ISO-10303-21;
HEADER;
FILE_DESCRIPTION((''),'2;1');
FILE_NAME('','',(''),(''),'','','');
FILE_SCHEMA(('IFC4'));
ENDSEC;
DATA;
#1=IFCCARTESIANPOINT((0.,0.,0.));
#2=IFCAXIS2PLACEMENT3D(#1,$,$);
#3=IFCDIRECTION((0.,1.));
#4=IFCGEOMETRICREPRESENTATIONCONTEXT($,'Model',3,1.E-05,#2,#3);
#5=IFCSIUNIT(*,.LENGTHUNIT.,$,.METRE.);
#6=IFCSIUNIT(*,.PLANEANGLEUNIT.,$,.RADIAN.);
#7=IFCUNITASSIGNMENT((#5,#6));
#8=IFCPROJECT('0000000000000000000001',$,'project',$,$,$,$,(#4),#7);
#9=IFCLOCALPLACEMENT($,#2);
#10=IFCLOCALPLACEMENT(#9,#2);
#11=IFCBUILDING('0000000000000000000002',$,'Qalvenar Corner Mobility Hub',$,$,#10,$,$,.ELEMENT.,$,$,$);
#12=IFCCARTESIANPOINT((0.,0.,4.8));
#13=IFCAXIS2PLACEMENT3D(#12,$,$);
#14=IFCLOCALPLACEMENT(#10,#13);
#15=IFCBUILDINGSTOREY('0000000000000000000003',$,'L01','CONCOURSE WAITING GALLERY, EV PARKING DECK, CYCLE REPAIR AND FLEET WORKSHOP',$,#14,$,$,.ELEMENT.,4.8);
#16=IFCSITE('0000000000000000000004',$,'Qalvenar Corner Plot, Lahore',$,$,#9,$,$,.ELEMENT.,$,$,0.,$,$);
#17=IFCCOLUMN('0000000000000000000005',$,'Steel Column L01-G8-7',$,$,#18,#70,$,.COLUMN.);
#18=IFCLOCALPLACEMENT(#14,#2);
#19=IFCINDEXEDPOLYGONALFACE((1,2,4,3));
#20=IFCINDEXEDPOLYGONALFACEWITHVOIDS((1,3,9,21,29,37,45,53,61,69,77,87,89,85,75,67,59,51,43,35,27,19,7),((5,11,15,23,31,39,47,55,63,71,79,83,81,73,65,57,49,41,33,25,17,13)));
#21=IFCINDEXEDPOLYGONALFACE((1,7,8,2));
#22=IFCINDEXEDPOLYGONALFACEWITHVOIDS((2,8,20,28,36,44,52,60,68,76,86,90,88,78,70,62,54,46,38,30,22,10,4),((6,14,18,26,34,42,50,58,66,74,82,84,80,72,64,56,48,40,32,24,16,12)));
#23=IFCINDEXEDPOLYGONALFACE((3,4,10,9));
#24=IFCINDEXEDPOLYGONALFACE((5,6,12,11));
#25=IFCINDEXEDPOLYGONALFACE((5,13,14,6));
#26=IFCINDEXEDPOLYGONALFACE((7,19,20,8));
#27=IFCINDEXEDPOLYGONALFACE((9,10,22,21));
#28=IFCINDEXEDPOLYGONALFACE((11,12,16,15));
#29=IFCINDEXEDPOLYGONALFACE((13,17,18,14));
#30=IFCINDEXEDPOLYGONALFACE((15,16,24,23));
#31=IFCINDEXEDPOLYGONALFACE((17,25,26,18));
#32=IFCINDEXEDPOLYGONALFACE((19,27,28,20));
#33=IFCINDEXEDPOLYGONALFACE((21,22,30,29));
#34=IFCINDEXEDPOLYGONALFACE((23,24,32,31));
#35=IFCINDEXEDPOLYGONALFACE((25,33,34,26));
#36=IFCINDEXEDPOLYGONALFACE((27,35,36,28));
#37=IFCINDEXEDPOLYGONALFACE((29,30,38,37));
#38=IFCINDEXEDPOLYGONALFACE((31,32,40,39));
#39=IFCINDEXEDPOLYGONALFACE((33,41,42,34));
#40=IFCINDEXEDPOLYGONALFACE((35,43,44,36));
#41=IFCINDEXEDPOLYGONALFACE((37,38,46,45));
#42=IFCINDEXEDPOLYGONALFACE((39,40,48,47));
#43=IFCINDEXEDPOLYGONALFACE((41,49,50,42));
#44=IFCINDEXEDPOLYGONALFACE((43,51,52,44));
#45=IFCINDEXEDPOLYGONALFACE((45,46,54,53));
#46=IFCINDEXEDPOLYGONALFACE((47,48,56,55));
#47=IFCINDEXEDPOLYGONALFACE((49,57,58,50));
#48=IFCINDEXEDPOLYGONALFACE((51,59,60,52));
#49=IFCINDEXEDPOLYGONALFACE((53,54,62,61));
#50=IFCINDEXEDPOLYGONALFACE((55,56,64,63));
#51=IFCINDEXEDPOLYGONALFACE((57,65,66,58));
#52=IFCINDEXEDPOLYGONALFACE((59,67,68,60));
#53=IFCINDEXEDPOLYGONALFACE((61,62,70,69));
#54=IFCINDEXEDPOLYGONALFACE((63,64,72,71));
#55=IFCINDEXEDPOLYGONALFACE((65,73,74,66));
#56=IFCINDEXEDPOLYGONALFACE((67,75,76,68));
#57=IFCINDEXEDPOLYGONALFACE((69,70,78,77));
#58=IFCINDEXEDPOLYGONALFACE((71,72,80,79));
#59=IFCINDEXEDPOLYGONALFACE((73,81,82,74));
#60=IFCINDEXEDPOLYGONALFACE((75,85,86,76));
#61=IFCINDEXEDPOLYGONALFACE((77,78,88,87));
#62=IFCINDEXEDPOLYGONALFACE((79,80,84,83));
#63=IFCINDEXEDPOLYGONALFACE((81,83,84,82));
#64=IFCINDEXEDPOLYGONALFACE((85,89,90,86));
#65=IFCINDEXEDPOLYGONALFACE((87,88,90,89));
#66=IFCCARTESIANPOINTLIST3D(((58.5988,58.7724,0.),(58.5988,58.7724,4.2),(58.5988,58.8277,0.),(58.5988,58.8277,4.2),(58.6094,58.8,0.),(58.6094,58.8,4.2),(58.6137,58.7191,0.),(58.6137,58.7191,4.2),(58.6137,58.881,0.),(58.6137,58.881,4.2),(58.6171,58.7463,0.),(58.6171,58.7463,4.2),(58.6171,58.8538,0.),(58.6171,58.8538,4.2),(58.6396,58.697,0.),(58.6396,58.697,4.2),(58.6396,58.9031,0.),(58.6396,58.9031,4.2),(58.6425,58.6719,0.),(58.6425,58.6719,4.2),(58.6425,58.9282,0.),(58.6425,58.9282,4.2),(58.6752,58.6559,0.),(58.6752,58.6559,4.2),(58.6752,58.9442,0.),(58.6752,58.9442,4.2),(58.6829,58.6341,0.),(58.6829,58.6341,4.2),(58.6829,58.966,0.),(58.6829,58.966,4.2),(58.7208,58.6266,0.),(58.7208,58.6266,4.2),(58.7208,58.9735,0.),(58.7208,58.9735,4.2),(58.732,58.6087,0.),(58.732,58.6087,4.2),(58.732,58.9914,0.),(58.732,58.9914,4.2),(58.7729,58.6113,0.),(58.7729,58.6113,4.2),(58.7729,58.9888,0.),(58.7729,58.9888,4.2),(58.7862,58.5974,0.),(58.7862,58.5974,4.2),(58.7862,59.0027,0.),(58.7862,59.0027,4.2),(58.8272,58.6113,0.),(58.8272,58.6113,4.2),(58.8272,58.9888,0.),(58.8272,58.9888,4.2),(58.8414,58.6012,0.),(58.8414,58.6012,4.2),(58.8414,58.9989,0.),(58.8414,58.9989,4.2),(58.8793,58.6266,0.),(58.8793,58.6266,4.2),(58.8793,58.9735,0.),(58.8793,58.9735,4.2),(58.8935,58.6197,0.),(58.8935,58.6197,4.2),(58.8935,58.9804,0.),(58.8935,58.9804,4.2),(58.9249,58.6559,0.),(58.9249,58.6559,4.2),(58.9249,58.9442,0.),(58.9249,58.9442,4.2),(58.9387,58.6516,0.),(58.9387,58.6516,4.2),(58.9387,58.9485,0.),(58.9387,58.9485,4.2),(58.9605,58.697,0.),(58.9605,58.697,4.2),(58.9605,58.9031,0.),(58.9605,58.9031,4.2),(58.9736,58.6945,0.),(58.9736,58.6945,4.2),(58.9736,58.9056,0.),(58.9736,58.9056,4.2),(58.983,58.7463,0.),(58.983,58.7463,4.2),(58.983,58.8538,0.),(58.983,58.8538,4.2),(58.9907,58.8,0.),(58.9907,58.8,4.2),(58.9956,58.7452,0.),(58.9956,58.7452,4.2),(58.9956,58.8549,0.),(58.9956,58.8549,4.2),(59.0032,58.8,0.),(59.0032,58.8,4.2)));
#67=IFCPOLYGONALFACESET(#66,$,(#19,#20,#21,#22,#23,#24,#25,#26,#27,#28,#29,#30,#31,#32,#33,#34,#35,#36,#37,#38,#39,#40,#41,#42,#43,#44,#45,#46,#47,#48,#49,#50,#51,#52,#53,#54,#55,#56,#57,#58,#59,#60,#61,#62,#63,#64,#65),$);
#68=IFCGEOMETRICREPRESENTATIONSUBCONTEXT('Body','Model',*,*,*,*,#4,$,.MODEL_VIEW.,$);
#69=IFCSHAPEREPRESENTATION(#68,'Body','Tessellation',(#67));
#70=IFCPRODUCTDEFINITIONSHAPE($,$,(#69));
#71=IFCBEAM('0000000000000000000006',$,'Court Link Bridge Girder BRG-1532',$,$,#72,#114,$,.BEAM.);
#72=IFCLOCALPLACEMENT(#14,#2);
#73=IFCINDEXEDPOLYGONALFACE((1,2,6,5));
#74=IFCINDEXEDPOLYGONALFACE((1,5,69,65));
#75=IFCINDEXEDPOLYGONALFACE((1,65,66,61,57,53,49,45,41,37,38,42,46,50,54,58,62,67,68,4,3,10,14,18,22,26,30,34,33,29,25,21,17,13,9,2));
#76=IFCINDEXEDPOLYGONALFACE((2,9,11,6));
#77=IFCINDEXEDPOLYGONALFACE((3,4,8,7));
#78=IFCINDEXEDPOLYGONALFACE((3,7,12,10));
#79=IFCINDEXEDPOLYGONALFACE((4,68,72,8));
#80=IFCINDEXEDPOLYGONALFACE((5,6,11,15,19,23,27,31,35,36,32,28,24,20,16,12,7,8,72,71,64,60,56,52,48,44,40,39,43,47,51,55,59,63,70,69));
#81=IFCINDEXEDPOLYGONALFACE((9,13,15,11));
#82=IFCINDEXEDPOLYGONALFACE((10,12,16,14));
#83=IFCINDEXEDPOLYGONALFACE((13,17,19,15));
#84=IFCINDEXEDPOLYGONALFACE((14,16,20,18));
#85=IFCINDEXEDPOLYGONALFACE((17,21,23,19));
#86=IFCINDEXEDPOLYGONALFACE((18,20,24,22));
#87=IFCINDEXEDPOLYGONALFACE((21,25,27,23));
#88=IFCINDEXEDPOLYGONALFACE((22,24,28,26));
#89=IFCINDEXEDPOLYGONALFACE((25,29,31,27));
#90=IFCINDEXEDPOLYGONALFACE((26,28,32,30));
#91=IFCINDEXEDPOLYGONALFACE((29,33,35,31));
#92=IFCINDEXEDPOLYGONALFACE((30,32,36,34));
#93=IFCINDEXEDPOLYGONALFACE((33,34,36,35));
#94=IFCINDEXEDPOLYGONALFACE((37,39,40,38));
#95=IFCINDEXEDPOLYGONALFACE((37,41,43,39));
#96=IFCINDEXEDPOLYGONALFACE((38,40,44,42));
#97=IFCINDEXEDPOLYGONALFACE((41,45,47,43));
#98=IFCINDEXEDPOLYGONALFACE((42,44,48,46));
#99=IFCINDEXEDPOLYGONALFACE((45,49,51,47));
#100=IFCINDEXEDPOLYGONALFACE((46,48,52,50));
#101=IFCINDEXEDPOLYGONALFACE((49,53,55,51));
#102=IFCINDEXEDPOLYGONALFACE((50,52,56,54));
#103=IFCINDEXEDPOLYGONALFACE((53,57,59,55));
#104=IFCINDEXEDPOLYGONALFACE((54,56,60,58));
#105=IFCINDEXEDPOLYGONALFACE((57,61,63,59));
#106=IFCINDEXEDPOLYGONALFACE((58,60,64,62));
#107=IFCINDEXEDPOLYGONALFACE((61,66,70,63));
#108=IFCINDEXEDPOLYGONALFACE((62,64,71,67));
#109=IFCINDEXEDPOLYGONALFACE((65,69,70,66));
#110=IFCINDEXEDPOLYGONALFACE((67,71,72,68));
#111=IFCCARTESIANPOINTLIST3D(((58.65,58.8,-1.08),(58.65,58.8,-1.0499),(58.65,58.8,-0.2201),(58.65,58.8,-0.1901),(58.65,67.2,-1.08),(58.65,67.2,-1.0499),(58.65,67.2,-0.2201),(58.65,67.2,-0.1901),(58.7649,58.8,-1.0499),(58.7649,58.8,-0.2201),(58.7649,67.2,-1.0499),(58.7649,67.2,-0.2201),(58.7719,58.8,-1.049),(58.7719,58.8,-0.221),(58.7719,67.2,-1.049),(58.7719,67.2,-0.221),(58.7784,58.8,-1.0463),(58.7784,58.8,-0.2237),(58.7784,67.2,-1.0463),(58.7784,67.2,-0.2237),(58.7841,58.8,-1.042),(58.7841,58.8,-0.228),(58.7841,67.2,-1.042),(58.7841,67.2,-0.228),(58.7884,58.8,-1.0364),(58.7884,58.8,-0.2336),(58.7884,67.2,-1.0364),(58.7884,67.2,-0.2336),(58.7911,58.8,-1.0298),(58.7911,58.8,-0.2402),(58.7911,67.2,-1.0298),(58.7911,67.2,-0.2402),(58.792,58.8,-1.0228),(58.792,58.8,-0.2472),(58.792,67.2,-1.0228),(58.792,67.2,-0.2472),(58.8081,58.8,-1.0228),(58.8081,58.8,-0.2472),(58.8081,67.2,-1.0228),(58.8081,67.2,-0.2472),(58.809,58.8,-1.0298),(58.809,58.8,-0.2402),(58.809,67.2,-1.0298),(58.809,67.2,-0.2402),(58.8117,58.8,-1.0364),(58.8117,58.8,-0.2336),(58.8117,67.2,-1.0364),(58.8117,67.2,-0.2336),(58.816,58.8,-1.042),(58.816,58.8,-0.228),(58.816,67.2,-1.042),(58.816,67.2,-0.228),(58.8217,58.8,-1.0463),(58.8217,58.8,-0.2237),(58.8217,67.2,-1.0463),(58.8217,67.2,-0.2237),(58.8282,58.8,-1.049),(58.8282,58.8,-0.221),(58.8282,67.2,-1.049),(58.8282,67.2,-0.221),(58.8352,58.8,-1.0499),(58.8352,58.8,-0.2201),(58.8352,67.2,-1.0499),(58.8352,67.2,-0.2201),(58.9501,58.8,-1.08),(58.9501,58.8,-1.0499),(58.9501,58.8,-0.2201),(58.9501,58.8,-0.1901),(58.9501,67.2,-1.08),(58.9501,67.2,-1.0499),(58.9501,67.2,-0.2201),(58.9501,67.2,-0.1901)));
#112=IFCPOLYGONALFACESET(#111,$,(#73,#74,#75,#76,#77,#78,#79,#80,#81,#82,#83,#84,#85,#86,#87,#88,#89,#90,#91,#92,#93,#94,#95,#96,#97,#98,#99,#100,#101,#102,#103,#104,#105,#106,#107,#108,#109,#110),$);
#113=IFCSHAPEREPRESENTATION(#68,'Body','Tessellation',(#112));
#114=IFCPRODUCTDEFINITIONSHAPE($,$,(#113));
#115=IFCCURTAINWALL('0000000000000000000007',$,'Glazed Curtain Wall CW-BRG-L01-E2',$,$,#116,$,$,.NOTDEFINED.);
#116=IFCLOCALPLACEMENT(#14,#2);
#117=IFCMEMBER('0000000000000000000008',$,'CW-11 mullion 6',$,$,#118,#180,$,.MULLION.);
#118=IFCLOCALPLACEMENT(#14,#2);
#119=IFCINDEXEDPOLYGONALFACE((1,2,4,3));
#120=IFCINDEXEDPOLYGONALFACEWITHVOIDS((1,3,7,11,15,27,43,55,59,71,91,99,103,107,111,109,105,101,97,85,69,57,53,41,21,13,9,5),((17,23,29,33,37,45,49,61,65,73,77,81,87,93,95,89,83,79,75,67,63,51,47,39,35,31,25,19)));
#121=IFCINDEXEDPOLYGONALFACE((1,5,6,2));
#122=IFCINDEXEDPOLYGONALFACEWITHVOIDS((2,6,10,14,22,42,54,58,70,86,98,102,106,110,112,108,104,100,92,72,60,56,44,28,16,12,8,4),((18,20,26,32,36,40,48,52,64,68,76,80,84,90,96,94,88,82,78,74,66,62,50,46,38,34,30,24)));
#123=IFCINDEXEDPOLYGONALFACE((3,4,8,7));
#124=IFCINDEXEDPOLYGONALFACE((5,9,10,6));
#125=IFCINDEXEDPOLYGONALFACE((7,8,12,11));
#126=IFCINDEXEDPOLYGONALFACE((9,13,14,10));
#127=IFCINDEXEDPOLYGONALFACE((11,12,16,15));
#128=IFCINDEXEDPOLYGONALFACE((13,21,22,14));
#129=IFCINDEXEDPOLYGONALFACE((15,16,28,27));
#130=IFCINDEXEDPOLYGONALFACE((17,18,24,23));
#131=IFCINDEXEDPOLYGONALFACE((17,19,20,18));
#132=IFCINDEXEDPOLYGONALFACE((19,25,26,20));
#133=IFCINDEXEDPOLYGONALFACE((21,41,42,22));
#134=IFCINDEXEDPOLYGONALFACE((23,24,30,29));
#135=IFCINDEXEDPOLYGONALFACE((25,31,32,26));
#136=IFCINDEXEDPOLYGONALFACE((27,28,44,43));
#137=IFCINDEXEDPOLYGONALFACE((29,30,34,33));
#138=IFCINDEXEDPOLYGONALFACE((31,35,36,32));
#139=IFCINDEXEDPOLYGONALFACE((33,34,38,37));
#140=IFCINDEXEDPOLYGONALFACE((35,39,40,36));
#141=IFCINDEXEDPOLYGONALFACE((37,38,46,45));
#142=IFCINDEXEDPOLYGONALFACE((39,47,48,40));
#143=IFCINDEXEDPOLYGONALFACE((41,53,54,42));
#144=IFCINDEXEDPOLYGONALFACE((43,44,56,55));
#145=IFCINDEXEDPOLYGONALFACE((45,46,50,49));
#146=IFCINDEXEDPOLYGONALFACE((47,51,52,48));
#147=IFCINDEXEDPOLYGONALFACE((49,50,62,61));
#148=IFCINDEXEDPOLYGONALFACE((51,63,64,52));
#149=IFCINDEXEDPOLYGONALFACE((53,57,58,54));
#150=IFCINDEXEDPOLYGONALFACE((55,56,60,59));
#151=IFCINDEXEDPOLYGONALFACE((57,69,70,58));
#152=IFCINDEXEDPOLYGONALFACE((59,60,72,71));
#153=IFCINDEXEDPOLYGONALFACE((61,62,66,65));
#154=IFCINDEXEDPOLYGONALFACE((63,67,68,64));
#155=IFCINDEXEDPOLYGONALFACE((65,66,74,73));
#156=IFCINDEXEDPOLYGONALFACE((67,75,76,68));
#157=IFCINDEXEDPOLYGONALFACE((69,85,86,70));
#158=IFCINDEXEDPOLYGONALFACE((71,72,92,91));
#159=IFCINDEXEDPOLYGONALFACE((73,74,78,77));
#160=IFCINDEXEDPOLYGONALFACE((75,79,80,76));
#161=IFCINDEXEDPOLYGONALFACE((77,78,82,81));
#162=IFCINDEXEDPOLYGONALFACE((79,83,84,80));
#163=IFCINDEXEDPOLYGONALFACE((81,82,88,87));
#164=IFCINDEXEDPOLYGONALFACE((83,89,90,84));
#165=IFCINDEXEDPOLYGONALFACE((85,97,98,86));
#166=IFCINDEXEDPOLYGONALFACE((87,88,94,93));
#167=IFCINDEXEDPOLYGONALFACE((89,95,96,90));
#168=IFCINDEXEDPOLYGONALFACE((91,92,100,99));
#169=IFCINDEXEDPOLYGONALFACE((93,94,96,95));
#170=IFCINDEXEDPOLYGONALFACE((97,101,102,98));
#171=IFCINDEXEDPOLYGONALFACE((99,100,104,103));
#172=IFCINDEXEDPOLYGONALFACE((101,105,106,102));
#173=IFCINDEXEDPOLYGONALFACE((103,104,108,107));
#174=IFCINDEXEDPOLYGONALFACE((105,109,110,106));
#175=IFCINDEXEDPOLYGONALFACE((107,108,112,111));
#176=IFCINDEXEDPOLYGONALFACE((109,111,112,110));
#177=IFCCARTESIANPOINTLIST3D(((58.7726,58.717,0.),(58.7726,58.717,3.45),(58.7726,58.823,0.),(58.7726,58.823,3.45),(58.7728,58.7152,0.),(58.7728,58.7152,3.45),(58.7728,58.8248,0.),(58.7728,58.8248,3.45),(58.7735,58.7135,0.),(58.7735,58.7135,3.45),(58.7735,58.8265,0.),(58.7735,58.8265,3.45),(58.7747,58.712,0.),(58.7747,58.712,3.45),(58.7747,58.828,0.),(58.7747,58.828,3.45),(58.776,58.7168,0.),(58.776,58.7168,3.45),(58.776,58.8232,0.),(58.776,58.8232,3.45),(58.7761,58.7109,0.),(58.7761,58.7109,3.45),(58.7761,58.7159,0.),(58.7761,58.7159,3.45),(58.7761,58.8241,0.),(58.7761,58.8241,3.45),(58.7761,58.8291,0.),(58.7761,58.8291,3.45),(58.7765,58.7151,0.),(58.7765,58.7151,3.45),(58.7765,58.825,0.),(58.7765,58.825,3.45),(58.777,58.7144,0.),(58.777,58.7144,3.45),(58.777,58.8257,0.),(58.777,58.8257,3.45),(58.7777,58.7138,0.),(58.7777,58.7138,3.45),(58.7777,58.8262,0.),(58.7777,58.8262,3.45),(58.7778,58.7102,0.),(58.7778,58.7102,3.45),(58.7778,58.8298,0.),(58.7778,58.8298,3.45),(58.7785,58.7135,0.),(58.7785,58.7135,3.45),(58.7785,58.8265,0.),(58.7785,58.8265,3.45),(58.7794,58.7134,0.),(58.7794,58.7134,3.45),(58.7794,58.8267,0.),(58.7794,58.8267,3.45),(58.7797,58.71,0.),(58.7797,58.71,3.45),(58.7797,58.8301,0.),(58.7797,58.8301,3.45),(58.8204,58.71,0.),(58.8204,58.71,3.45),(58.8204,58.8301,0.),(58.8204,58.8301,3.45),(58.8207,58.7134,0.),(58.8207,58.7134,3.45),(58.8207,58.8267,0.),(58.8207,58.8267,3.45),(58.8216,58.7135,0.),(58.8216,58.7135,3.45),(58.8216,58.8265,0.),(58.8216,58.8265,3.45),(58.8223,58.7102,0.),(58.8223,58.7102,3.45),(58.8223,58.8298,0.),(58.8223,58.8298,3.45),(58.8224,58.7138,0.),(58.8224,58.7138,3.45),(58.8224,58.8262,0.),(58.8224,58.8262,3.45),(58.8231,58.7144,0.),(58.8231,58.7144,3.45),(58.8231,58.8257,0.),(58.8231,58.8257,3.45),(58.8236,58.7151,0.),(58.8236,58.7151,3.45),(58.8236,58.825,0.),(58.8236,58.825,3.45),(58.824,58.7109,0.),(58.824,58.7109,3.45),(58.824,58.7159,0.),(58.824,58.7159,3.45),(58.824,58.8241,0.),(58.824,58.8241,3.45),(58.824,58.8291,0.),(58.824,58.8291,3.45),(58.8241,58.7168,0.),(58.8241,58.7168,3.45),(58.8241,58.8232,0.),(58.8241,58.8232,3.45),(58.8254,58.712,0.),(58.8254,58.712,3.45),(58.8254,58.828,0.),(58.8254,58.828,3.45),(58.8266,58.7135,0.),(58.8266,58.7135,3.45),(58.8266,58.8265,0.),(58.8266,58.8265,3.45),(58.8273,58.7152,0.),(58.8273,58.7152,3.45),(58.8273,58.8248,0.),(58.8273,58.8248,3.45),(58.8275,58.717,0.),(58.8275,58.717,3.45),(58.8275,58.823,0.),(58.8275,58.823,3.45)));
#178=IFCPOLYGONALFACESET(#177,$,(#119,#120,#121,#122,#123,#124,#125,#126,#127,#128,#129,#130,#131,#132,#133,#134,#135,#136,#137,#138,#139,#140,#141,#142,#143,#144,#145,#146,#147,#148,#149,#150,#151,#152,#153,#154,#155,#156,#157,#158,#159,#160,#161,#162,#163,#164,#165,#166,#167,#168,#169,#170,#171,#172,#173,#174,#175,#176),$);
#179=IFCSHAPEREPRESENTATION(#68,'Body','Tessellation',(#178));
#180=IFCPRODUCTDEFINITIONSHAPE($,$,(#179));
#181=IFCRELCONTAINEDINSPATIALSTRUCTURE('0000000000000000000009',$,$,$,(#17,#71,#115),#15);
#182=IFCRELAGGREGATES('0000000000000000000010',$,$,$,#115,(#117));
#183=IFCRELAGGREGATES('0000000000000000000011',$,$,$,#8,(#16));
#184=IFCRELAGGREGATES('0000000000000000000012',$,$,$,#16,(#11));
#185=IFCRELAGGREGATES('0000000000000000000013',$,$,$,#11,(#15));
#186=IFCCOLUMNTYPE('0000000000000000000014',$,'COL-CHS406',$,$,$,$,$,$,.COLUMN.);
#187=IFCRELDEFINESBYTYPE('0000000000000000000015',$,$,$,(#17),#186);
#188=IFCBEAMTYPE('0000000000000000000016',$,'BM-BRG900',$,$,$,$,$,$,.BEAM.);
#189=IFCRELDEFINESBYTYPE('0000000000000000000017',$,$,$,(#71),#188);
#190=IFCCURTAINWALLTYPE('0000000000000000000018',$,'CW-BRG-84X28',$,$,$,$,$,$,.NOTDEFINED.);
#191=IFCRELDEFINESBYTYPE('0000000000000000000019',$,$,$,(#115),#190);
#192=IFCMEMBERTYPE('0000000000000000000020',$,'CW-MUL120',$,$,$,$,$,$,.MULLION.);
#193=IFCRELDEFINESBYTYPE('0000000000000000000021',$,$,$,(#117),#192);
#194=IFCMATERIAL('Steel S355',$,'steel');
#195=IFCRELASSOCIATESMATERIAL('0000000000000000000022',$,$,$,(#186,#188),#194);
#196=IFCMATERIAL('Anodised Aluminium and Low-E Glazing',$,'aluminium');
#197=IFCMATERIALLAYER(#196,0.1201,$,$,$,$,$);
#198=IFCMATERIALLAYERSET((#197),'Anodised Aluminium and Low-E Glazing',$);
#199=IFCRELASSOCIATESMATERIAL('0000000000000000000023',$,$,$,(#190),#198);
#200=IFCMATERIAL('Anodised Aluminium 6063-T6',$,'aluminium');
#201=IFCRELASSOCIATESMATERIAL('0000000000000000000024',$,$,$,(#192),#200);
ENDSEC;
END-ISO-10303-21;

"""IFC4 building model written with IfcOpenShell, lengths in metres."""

from ifc_helpers import new_model, si_unit, direction, frame, origin, origin_2d, place, context, subcontext, project, spatial, hollow_rectangle, hollow_circle, i_section, extrude, material, layer, layer_set, material_profile, profile_set, type_object, element, aggregate, save


model = new_model("IFC4")

# Units and contexts
model_context = context("Model", 3, precision=1e-05, world=origin(), true_north=direction((0.0, 1.0)))
body_context = subcontext(model_context, "Body", "Model", "MODEL_VIEW")
ifc_project = project(units=[si_unit("LENGTHUNIT", "METRE"), si_unit("PLANEANGLEUNIT", "RADIAN")], contexts=[model_context])

# Site, building, storey
site_placement = place(None, origin())
site = spatial("IfcSite", under=ifc_project, at=site_placement, Name="Qalvenar Corner Plot, Lahore", CompositionType="ELEMENT", RefElevation=0.0)
building_placement = place(site_placement, origin())
building = spatial("IfcBuilding", under=site, at=building_placement, Name="Qalvenar Corner Mobility Hub", CompositionType="ELEMENT")
storey_placement = place(building_placement, frame((0.0, 0.0, 4.8)))
storey = spatial("IfcBuildingStorey", under=building, at=storey_placement, Name="L01", Description="CONCOURSE WAITING GALLERY, EV PARKING DECK, CYCLE REPAIR AND FLEET WORKSHOP", CompositionType="ELEMENT", Elevation=4.8)

# Column
ifc_material_1 = material(Name="Steel S355", Category="steel")
ifc_material_profile_1 = material_profile(ifc_material_1, hollow_circle(Radius=0.2031, WallThickness=0.0125, at=origin_2d()), Name="CHS406.4x12.5")
ifc_profile_set_1 = profile_set([ifc_material_profile_1], Name="Steel S355")
column_type = type_object("IfcColumnType", Name="COL-CHS406", PredefinedType="COLUMN", material=ifc_profile_set_1)
column_placement = place(storey_placement, frame((58.8, 58.8, 0.0), z_axis=(0.0, 0.0, 1.0), x_axis=(1.0, 0.0, 0.0)))
element("IfcColumn", 1, at=column_placement, inside=storey, type_object=column_type, Name="Steel Column L01-G8-7", PredefinedType="COLUMN", context=body_context, shape_type="SweptSolid", body=[
    extrude(hollow_circle(Radius=0.2031, WallThickness=0.0125, at=origin_2d()), origin(), (0.0, 0.0, 1.0), 4.2),
])

# Beam
ifc_material_profile_2 = material_profile(ifc_material_1, i_section(OverallWidth=0.3, OverallDepth=0.8899, WebThickness=0.0161, FlangeThickness=0.03, FilletRadius=0.0271, at=origin_2d()), Name="HEA900")
ifc_profile_set_2 = profile_set([ifc_material_profile_2], Name="Steel S355")
beam_type = type_object("IfcBeamType", Name="BM-BRG900", PredefinedType="BEAM", material=ifc_profile_set_2)
beam_placement = place(storey_placement, frame((58.8, 58.8, -0.635), z_axis=(0.0, 1.0, 0.0), x_axis=(-1.0, 0.0, 0.0)))
element("IfcBeam", 2, at=beam_placement, inside=storey, type_object=beam_type, Name="Court Link Bridge Girder BRG-1532", PredefinedType="BEAM", context=body_context, shape_type="SweptSolid", body=[
    extrude(i_section(OverallWidth=0.3, OverallDepth=0.8899, WebThickness=0.0161, FlangeThickness=0.03, FilletRadius=0.0271, at=origin_2d()), origin(), (0.0, 0.0, 1.0), 8.3999),
])

# Curtain wall, member
ifc_material_2 = material(Name="Anodised Aluminium and Low-E Glazing", Category="aluminium")
ifc_layer_1 = layer(ifc_material_2, 0.1201)
ifc_layer_set_1 = layer_set([ifc_layer_1], Name="Anodised Aluminium and Low-E Glazing")
curtain_wall_type = type_object("IfcCurtainWallType", Name="CW-BRG-84X28", PredefinedType="NOTDEFINED", material=ifc_layer_set_1)
curtain_wall_1_placement = place(storey_placement, origin())
curtain_wall_1 = element("IfcCurtainWall", 3, at=curtain_wall_1_placement, inside=storey, type_object=curtain_wall_type, Name="Glazed Curtain Wall CW-BRG-L01-E2", PredefinedType="NOTDEFINED")
ifc_material_3 = material(Name="Anodised Aluminium 6063-T6", Category="aluminium")
ifc_material_profile_3 = material_profile(ifc_material_3, hollow_rectangle(XDim=0.0549, YDim=0.1201, WallThickness=0.0034, InnerFilletRadius=0.0034, OuterFilletRadius=0.0071, at=origin_2d()), Name="RHS120x55x3.5")
ifc_profile_set_3 = profile_set([ifc_material_profile_3], Name="Anodised Aluminium 6063-T6")
member_type_1 = type_object("IfcMemberType", Name="CW-MUL120", PredefinedType="MULLION", material=ifc_profile_set_3)
member_1_placement = place(storey_placement, frame((58.8, 58.77, 0.0), z_axis=(0.0, 0.0, 1.0), x_axis=(-1.0, 0.0, 0.0)))
member_1 = element("IfcMember", 4, at=member_1_placement, type_object=member_type_1, Name="CW-11 mullion 6", PredefinedType="MULLION", context=body_context, shape_type="SweptSolid", body=[
    extrude(hollow_rectangle(XDim=0.0549, YDim=0.1201, WallThickness=0.0034, InnerFilletRadius=0.0034, OuterFilletRadius=0.0071, at=origin_2d()), origin(), (0.0, 0.0, 1.0), 3.45),
])

aggregate(curtain_wall_1, [member_1])

save(model, "model.ifc")
